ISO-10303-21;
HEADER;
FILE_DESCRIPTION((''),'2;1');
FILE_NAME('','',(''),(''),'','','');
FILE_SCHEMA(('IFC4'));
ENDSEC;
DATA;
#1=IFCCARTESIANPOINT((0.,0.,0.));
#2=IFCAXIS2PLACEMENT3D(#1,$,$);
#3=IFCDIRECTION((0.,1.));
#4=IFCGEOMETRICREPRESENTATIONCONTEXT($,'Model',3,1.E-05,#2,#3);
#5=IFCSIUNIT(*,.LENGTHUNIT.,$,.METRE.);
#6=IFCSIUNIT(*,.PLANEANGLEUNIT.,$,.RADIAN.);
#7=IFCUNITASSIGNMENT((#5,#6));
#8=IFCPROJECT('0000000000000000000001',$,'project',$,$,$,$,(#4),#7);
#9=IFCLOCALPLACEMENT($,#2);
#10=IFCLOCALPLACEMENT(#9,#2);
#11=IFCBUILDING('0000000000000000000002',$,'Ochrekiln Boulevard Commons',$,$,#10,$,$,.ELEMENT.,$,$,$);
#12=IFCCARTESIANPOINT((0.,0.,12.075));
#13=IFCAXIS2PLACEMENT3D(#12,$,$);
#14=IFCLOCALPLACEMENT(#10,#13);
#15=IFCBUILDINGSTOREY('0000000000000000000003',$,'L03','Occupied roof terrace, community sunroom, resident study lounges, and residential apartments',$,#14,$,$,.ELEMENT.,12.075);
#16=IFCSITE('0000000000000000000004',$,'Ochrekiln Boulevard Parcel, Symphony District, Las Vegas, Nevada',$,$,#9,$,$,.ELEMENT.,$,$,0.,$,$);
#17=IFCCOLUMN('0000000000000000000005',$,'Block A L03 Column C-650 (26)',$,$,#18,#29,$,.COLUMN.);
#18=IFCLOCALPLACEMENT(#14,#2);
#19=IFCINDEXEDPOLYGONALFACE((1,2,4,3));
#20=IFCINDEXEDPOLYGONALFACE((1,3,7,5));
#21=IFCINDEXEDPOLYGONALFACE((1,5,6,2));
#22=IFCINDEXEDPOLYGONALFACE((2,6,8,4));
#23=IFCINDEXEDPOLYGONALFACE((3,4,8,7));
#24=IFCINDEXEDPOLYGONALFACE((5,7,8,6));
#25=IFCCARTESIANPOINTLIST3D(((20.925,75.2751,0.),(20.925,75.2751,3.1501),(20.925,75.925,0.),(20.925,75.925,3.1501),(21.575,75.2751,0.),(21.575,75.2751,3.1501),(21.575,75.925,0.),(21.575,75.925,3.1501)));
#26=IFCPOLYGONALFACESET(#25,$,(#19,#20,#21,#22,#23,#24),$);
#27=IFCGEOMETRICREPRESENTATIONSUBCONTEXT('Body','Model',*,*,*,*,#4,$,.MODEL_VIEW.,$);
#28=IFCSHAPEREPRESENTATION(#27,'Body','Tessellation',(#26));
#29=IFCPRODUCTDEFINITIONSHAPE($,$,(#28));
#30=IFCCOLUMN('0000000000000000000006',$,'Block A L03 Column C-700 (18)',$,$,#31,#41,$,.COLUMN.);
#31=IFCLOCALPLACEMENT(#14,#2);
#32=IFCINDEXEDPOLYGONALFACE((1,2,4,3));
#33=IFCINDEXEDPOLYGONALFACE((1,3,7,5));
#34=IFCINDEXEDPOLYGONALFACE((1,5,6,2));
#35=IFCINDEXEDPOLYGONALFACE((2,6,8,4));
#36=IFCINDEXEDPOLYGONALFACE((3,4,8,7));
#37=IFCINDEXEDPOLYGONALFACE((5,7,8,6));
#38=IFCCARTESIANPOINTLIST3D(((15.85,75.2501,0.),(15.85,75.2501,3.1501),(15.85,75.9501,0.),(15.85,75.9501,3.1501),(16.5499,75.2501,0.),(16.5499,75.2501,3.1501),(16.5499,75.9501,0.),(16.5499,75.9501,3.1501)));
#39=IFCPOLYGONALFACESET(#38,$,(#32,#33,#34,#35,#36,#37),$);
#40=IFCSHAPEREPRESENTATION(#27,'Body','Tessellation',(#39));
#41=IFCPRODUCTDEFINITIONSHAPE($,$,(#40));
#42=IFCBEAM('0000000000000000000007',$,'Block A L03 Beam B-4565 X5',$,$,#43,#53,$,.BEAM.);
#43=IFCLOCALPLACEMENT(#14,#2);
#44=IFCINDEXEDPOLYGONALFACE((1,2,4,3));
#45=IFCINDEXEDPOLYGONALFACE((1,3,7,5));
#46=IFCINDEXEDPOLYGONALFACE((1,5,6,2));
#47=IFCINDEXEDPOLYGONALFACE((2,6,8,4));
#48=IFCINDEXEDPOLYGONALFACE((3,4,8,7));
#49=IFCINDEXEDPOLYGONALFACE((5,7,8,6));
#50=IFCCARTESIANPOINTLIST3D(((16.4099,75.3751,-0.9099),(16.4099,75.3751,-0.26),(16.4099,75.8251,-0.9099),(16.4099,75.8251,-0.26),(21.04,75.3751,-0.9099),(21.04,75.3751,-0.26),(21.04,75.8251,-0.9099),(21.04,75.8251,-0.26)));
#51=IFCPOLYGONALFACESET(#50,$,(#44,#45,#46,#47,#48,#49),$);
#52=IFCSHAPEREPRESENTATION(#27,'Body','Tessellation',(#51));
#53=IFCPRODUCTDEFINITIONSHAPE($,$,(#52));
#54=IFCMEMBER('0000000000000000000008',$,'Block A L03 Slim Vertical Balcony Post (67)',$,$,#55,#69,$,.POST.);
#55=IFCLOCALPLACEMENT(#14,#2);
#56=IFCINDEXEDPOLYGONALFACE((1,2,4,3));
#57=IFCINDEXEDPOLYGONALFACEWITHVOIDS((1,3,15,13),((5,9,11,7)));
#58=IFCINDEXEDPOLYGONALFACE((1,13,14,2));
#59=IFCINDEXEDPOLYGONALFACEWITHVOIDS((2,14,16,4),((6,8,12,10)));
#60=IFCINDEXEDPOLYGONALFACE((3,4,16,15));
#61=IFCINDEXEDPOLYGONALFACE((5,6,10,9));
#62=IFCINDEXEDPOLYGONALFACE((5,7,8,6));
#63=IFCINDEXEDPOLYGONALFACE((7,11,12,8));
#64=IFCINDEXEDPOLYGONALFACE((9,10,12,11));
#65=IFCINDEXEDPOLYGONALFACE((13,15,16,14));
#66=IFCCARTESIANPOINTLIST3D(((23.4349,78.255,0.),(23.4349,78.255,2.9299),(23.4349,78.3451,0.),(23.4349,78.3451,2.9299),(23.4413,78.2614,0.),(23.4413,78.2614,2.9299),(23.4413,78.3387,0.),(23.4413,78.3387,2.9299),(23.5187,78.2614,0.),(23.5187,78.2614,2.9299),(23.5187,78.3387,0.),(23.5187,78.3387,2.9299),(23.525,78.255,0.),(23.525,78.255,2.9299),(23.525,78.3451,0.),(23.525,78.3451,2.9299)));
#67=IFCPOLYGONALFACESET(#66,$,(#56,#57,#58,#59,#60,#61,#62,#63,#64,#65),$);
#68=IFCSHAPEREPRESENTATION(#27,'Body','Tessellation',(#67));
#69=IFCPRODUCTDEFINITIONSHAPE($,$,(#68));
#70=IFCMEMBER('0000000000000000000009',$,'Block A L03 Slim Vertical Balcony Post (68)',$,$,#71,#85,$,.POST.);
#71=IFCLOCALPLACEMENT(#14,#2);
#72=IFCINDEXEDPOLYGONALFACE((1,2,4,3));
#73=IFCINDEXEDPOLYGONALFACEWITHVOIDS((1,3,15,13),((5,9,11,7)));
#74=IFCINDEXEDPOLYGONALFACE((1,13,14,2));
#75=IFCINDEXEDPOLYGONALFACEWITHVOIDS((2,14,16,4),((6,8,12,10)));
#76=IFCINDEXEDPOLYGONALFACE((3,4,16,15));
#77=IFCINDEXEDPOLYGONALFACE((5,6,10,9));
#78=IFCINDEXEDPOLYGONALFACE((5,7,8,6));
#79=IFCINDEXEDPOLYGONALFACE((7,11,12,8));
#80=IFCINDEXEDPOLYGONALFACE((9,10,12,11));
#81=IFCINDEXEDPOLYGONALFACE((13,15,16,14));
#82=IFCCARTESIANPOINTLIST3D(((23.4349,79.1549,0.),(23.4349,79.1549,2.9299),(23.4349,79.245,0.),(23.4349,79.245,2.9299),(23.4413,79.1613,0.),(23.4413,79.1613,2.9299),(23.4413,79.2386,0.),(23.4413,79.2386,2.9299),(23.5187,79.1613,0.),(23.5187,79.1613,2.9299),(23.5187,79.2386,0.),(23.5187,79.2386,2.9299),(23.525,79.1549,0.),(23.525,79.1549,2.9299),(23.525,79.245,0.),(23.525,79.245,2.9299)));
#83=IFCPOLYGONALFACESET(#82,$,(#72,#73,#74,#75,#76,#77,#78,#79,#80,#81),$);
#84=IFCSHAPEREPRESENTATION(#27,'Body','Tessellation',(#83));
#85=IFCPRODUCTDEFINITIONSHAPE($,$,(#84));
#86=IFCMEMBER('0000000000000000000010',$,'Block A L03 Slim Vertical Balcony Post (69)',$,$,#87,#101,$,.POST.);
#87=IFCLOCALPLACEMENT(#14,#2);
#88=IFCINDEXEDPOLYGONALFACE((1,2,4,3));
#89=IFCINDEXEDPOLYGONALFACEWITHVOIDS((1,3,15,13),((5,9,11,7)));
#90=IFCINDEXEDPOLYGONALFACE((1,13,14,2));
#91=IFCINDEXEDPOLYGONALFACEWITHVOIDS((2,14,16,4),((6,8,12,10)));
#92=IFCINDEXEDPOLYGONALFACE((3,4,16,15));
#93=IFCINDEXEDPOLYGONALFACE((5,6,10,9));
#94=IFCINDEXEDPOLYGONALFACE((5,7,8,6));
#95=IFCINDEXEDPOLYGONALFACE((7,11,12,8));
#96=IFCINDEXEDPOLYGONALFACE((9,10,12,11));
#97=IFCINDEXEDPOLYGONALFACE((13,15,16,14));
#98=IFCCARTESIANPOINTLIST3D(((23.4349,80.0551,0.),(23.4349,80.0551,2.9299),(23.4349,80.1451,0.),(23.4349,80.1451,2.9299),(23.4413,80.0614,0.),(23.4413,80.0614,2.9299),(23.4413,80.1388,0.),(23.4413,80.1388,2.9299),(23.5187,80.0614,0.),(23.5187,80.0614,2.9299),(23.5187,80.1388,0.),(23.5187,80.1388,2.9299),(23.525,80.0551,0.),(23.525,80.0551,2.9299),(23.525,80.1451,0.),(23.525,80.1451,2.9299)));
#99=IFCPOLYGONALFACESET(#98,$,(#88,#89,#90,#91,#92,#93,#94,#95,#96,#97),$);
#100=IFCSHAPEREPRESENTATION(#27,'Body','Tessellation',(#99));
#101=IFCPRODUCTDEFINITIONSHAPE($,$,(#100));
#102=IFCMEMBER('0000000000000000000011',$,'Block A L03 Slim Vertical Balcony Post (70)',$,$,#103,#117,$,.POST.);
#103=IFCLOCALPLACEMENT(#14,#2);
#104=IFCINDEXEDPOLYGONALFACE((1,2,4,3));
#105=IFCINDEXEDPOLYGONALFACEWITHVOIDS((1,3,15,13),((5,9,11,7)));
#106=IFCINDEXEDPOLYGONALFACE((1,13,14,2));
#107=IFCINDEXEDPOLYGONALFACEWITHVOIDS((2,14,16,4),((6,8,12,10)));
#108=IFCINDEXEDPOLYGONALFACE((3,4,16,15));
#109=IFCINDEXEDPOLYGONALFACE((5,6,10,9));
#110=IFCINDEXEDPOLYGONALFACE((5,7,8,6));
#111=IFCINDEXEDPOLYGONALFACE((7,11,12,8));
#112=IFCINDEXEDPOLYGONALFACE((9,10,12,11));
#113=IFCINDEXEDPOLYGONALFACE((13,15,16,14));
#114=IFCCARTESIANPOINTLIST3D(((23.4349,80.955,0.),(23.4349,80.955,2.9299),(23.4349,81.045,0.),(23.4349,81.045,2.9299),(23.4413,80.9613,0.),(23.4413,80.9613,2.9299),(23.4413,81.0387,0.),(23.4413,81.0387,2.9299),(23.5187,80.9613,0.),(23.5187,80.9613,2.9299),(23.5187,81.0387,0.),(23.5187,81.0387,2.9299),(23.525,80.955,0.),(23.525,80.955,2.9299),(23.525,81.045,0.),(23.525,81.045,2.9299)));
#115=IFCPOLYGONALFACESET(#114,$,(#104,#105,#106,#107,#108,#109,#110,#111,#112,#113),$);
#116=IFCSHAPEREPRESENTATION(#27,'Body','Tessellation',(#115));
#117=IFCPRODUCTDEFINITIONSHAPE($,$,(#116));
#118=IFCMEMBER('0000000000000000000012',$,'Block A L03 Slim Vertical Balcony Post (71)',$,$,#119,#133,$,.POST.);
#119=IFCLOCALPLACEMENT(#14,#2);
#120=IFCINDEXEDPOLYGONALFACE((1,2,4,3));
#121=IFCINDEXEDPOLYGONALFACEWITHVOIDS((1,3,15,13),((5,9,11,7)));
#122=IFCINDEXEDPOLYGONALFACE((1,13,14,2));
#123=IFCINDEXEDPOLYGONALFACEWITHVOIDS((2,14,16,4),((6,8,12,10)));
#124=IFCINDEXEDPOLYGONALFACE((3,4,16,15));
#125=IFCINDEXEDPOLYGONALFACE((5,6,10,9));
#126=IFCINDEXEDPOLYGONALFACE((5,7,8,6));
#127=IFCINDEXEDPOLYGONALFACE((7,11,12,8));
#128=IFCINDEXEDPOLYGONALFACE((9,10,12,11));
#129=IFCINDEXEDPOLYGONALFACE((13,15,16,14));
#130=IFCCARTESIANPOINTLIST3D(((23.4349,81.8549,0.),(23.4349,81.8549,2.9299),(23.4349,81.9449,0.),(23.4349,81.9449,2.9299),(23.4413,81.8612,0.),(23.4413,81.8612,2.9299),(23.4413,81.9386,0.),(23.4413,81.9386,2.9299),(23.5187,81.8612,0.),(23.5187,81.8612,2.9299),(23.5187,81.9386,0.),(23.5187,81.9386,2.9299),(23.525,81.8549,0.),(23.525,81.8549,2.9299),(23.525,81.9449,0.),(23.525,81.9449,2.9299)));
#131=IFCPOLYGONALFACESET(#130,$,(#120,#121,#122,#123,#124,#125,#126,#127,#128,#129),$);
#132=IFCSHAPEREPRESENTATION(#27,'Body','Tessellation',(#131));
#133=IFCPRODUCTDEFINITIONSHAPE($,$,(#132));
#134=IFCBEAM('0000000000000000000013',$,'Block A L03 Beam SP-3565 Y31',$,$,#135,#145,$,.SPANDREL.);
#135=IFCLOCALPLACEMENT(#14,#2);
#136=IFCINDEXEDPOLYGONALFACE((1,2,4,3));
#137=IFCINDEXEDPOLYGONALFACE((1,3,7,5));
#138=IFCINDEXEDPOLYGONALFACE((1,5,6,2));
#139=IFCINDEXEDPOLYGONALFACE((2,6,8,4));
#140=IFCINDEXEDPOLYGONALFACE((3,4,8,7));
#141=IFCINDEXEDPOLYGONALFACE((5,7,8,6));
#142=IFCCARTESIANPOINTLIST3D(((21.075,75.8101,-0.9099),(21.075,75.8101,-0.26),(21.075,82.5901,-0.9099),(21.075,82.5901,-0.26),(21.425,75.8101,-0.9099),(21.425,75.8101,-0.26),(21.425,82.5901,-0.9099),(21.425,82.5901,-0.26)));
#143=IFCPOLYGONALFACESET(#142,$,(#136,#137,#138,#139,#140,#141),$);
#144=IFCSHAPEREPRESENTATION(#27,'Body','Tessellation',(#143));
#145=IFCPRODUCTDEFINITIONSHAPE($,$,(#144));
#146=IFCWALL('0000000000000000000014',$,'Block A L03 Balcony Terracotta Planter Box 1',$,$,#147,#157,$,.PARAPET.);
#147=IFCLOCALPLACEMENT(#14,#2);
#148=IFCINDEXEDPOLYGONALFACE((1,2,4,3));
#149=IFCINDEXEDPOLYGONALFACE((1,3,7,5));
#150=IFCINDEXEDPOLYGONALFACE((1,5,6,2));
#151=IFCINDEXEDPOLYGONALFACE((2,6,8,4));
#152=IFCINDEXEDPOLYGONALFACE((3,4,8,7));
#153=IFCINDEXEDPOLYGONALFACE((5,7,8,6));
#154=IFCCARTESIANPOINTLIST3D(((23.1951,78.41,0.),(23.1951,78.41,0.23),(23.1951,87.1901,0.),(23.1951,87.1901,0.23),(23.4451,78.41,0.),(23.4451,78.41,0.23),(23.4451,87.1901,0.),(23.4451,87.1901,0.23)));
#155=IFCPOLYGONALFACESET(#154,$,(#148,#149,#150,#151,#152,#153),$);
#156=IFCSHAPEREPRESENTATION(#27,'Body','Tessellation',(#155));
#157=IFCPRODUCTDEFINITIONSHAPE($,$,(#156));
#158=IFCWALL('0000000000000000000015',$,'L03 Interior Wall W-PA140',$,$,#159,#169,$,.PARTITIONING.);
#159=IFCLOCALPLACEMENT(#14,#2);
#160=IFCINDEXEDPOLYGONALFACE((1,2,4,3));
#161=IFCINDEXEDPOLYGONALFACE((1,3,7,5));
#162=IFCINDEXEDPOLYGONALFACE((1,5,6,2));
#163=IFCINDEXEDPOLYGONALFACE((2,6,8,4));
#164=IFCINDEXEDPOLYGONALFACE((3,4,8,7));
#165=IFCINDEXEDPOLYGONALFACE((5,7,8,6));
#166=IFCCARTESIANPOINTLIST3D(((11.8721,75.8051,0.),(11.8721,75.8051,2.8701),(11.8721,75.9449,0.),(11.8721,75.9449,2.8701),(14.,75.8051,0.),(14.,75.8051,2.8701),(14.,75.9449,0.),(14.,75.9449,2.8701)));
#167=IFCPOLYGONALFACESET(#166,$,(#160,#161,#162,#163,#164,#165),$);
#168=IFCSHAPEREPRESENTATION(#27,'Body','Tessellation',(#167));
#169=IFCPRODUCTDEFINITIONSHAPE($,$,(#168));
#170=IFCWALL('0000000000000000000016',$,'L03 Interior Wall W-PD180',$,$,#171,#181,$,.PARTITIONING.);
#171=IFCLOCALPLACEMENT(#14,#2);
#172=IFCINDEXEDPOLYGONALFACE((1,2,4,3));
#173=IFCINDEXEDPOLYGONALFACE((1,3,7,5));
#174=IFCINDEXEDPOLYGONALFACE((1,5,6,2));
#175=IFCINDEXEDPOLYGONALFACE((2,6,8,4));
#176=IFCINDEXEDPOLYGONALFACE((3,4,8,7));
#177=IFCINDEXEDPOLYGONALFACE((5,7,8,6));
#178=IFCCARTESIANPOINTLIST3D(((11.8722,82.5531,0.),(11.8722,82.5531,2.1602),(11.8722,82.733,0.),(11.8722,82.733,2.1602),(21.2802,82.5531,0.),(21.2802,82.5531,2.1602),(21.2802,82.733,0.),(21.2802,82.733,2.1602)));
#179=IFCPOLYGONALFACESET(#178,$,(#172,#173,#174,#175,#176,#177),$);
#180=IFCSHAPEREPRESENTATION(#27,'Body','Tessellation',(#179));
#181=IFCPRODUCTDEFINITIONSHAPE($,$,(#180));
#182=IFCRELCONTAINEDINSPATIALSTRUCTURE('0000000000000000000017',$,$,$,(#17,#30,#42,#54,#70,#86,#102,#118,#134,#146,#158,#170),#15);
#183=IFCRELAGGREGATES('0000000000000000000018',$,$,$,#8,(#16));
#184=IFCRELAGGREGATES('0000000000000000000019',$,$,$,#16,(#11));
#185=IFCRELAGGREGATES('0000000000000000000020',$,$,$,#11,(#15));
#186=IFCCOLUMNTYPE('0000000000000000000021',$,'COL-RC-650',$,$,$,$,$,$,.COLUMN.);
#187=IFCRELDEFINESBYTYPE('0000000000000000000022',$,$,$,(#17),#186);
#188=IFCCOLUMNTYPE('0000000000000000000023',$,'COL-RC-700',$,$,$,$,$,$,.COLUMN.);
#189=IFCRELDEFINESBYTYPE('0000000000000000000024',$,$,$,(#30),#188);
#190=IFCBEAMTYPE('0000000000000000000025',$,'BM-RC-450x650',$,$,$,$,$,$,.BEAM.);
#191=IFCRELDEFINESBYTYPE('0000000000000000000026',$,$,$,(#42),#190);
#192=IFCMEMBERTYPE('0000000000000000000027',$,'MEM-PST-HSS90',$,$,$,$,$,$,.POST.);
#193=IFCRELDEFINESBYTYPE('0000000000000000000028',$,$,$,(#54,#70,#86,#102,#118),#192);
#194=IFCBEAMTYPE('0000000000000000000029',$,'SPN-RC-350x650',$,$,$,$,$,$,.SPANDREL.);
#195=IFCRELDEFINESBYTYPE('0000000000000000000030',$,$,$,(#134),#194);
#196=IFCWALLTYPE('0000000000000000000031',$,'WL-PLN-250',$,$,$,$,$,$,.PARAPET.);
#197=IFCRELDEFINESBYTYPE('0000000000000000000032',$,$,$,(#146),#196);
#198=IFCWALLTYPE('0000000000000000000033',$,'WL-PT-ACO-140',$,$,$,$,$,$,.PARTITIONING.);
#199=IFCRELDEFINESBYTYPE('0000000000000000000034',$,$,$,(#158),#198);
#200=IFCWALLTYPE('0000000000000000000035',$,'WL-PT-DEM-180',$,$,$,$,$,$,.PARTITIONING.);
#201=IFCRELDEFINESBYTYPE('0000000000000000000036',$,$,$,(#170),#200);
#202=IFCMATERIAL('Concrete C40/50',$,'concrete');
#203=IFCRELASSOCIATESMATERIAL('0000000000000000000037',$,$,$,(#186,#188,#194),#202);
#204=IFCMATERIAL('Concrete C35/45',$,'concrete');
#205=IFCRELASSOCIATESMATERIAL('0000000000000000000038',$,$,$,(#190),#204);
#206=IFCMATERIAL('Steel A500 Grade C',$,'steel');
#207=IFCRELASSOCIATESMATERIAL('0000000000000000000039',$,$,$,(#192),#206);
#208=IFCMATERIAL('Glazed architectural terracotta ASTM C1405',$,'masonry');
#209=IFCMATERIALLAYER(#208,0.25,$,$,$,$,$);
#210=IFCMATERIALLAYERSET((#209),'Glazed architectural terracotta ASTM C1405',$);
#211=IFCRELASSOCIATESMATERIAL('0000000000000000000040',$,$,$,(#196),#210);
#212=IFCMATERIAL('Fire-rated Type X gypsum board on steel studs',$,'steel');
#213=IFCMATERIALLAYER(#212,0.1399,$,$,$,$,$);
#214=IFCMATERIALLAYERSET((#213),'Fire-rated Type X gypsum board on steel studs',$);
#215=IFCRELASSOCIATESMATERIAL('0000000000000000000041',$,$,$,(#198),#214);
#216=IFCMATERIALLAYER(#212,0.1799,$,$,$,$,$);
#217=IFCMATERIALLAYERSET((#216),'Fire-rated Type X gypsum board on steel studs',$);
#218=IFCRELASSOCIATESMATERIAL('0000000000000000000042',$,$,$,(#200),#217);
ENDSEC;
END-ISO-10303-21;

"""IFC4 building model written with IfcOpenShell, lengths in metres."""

from ifc_helpers import new_model, si_unit, direction, frame, frame_2d, origin, origin_2d, place, context, subcontext, project, spatial, rectangle, hollow_rectangle, extrude, material, layer, layer_set, material_profile, profile_set, type_object, element, save


model = new_model("IFC4")

# Units and contexts
model_context = context("Model", 3, precision=1e-05, world=origin(), true_north=direction((0.0, 1.0)))
body_context = subcontext(model_context, "Body", "Model", "MODEL_VIEW")
ifc_project = project(units=[si_unit("LENGTHUNIT", "METRE"), si_unit("PLANEANGLEUNIT", "RADIAN")], contexts=[model_context])

# Site, building, storey
site_placement = place(None, origin())
site = spatial("IfcSite", under=ifc_project, at=site_placement, Name="Ochrekiln Boulevard Parcel, Symphony District, Las Vegas, Nevada", CompositionType="ELEMENT", RefElevation=0.0)
building_placement = place(site_placement, origin())
building = spatial("IfcBuilding", under=site, at=building_placement, Name="Ochrekiln Boulevard Commons", CompositionType="ELEMENT")
storey_placement = place(building_placement, frame((0.0, 0.0, 12.075)))
storey = spatial("IfcBuildingStorey", under=building, at=storey_placement, Name="L03", Description="Occupied roof terrace, community sunroom, resident study lounges, and residential apartments", CompositionType="ELEMENT", Elevation=12.075)

# Columns
ifc_material_1 = material(Name="Concrete C40/50", Category="concrete")
ifc_material_profile_1 = material_profile(ifc_material_1, rectangle(XDim=0.6499, YDim=0.6499, at=origin_2d()), Name="RC-COL-650x650")
ifc_profile_set_1 = profile_set([ifc_material_profile_1], Name="Concrete C40/50")
column_type_1 = type_object("IfcColumnType", Name="COL-RC-650", PredefinedType="COLUMN", material=ifc_profile_set_1)
column_1_placement = place(storey_placement, frame((21.25, 75.6001, 0.0), z_axis=(0.0, 0.0, 1.0), x_axis=(1.0, 0.0, 0.0)))
element("IfcColumn", 1, at=column_1_placement, inside=storey, type_object=column_type_1, Name="Block A L03 Column C-650 (26)", PredefinedType="COLUMN", context=body_context, shape_type="SweptSolid", body=[
    extrude(rectangle(XDim=0.6499, YDim=0.6499, at=origin_2d()), origin(), (0.0, 0.0, 1.0), 3.1501),
])
ifc_material_profile_2 = material_profile(ifc_material_1, rectangle(XDim=0.7, YDim=0.7, at=origin_2d()), Name="RC-COL-700x700")
ifc_profile_set_2 = profile_set([ifc_material_profile_2], Name="Concrete C40/50")
column_type_2 = type_object("IfcColumnType", Name="COL-RC-700", PredefinedType="COLUMN", material=ifc_profile_set_2)
column_2_placement = place(storey_placement, frame((16.2, 75.6001, 0.0), z_axis=(0.0, 0.0, 1.0), x_axis=(1.0, 0.0, 0.0)))
element("IfcColumn", 2, at=column_2_placement, inside=storey, type_object=column_type_2, Name="Block A L03 Column C-700 (18)", PredefinedType="COLUMN", context=body_context, shape_type="SweptSolid", body=[
    extrude(rectangle(XDim=0.7, YDim=0.7, at=origin_2d()), origin(), (0.0, 0.0, 1.0), 3.1501),
])

# Beam
ifc_material_2 = material(Name="Concrete C35/45", Category="concrete")
ifc_material_profile_3 = material_profile(ifc_material_2, rectangle(XDim=0.45, YDim=0.6499, at=origin_2d()), Name="RC-BM-450x650")
ifc_profile_set_3 = profile_set([ifc_material_profile_3], Name="Concrete C35/45")
beam_type_1 = type_object("IfcBeamType", Name="BM-RC-450x650", PredefinedType="BEAM", material=ifc_profile_set_3)
beam_1_placement = place(storey_placement, frame((16.4099, 75.6001, -0.585), z_axis=(1.0, 0.0, 0.0), x_axis=(0.0, 1.0, 0.0)))
element("IfcBeam", 3, at=beam_1_placement, inside=storey, type_object=beam_type_1, Name="Block A L03 Beam B-4565 X5", PredefinedType="BEAM", context=body_context, shape_type="SweptSolid", body=[
    extrude(rectangle(XDim=0.45, YDim=0.6499, at=origin_2d()), origin(), (0.0, 0.0, 1.0), 4.6301),
])

# Members
ifc_material_3 = material(Name="Steel A500 Grade C", Category="steel")
ifc_material_profile_4 = material_profile(ifc_material_3, hollow_rectangle(XDim=0.0901, YDim=0.0901, WallThickness=0.0063, at=origin_2d()), Name="HSS90X90X6.4")
ifc_profile_set_4 = profile_set([ifc_material_profile_4], Name="Steel A500 Grade C")
member_type = type_object("IfcMemberType", Name="MEM-PST-HSS90", PredefinedType="POST", material=ifc_profile_set_4)
for number, where, z_axis, x_axis, name in (
    (4, (23.48, 78.3, 0.0), (0.0, 0.0, 1.0), (1.0, 0.0, 0.0), "Block A L03 Slim Vertical Balcony Post (67)"),
    (5, (23.48, 79.2, 0.0), (0.0, 0.0, 1.0), (1.0, 0.0, 0.0), "Block A L03 Slim Vertical Balcony Post (68)"),
    (6, (23.48, 80.1001, 0.0), (0.0, 0.0, 1.0), (1.0, 0.0, 0.0), "Block A L03 Slim Vertical Balcony Post (69)"),
    (7, (23.48, 81.0, 0.0), (0.0, 0.0, 1.0), (1.0, 0.0, 0.0), "Block A L03 Slim Vertical Balcony Post (70)"),
    (8, (23.48, 81.8999, 0.0), (0.0, 0.0, 1.0), (1.0, 0.0, 0.0), "Block A L03 Slim Vertical Balcony Post (71)"),
):
    element("IfcMember", number, at=place(storey_placement, frame(where, z_axis=z_axis, x_axis=x_axis)), inside=storey, type_object=member_type, Name=name, PredefinedType="POST", context=body_context, shape_type="SweptSolid", body=[
        extrude(hollow_rectangle(XDim=0.0901, YDim=0.0901, WallThickness=0.0063, at=origin_2d()), origin(), (0.0, 0.0, 1.0), 2.9299),
    ])

# Beam
ifc_material_profile_5 = material_profile(ifc_material_1, rectangle(XDim=0.3501, YDim=0.6499, at=origin_2d()), Name="RC-SPN-350x650")
ifc_profile_set_5 = profile_set([ifc_material_profile_5], Name="Concrete C40/50")
beam_type_2 = type_object("IfcBeamType", Name="SPN-RC-350x650", PredefinedType="SPANDREL", material=ifc_profile_set_5)
beam_2_placement = place(storey_placement, frame((21.25, 75.8101, -0.585), z_axis=(0.0, 1.0, 0.0), x_axis=(-1.0, 0.0, 0.0)))
element("IfcBeam", 9, at=beam_2_placement, inside=storey, type_object=beam_type_2, Name="Block A L03 Beam SP-3565 Y31", PredefinedType="SPANDREL", context=body_context, shape_type="SweptSolid", body=[
    extrude(rectangle(XDim=0.3501, YDim=0.6499, at=origin_2d()), origin(), (0.0, 0.0, 1.0), 6.78),
])

# Walls
ifc_material_4 = material(Name="Glazed architectural terracotta ASTM C1405", Category="masonry")
ifc_layer_1 = layer(ifc_material_4, 0.25)
ifc_layer_set_1 = layer_set([ifc_layer_1], Name="Glazed architectural terracotta ASTM C1405")
wall_type_1 = type_object("IfcWallType", Name="WL-PLN-250", PredefinedType="PARAPET", material=ifc_layer_set_1)
wall_1_placement = place(storey_placement, frame((23.3201, 78.4099, 0.0), z_axis=(0.0, 0.0, 1.0), x_axis=(0.0, 1.0, 0.0)))
element("IfcWall", 10, at=wall_1_placement, inside=storey, type_object=wall_type_1, Name="Block A L03 Balcony Terracotta Planter Box 1", PredefinedType="PARAPET", context=body_context, shape_type="SweptSolid", body=[
    extrude(rectangle(XDim=8.78, YDim=0.25, at=frame_2d((4.3901, 0.0))), origin(), (0.0, 0.0, 1.0), 0.23),
])
ifc_material_5 = material(Name="Fire-rated Type X gypsum board on steel studs", Category="steel")
ifc_layer_2 = layer(ifc_material_5, 0.1399)
ifc_layer_set_2 = layer_set([ifc_layer_2], Name="Fire-rated Type X gypsum board on steel studs")
wall_type_2 = type_object("IfcWallType", Name="WL-PT-ACO-140", PredefinedType="PARTITIONING", material=ifc_layer_set_2)
wall_2_placement = place(storey_placement, frame((11.8721, 75.875, 0.0), z_axis=(0.0, 0.0, 1.0), x_axis=(1.0, 0.0, 0.0)))
element("IfcWall", 11, at=wall_2_placement, inside=storey, type_object=wall_type_2, Name="L03 Interior Wall W-PA140", PredefinedType="PARTITIONING", context=body_context, shape_type="SweptSolid", body=[
    extrude(rectangle(XDim=2.1279, YDim=0.1399, at=frame_2d((1.064, 0.0))), origin(), (0.0, 0.0, 1.0), 2.8701),
])
ifc_layer_3 = layer(ifc_material_5, 0.1799)
ifc_layer_set_3 = layer_set([ifc_layer_3], Name="Fire-rated Type X gypsum board on steel studs")
wall_type_3 = type_object("IfcWallType", Name="WL-PT-DEM-180", PredefinedType="PARTITIONING", material=ifc_layer_set_3)
wall_3_placement = place(storey_placement, frame((11.8721, 82.6431, 0.0), z_axis=(0.0, 0.0, 1.0), x_axis=(1.0, 0.0, 0.0)))
element("IfcWall", 12, at=wall_3_placement, inside=storey, type_object=wall_type_3, Name="L03 Interior Wall W-PD180", PredefinedType="PARTITIONING", context=body_context, shape_type="SweptSolid", body=[
    extrude(rectangle(XDim=9.408, YDim=0.1799, at=frame_2d((4.7041, 0.0))), origin(), (0.0, 0.0, 1.0), 2.1602),
])

save(model, "model.ifc")
